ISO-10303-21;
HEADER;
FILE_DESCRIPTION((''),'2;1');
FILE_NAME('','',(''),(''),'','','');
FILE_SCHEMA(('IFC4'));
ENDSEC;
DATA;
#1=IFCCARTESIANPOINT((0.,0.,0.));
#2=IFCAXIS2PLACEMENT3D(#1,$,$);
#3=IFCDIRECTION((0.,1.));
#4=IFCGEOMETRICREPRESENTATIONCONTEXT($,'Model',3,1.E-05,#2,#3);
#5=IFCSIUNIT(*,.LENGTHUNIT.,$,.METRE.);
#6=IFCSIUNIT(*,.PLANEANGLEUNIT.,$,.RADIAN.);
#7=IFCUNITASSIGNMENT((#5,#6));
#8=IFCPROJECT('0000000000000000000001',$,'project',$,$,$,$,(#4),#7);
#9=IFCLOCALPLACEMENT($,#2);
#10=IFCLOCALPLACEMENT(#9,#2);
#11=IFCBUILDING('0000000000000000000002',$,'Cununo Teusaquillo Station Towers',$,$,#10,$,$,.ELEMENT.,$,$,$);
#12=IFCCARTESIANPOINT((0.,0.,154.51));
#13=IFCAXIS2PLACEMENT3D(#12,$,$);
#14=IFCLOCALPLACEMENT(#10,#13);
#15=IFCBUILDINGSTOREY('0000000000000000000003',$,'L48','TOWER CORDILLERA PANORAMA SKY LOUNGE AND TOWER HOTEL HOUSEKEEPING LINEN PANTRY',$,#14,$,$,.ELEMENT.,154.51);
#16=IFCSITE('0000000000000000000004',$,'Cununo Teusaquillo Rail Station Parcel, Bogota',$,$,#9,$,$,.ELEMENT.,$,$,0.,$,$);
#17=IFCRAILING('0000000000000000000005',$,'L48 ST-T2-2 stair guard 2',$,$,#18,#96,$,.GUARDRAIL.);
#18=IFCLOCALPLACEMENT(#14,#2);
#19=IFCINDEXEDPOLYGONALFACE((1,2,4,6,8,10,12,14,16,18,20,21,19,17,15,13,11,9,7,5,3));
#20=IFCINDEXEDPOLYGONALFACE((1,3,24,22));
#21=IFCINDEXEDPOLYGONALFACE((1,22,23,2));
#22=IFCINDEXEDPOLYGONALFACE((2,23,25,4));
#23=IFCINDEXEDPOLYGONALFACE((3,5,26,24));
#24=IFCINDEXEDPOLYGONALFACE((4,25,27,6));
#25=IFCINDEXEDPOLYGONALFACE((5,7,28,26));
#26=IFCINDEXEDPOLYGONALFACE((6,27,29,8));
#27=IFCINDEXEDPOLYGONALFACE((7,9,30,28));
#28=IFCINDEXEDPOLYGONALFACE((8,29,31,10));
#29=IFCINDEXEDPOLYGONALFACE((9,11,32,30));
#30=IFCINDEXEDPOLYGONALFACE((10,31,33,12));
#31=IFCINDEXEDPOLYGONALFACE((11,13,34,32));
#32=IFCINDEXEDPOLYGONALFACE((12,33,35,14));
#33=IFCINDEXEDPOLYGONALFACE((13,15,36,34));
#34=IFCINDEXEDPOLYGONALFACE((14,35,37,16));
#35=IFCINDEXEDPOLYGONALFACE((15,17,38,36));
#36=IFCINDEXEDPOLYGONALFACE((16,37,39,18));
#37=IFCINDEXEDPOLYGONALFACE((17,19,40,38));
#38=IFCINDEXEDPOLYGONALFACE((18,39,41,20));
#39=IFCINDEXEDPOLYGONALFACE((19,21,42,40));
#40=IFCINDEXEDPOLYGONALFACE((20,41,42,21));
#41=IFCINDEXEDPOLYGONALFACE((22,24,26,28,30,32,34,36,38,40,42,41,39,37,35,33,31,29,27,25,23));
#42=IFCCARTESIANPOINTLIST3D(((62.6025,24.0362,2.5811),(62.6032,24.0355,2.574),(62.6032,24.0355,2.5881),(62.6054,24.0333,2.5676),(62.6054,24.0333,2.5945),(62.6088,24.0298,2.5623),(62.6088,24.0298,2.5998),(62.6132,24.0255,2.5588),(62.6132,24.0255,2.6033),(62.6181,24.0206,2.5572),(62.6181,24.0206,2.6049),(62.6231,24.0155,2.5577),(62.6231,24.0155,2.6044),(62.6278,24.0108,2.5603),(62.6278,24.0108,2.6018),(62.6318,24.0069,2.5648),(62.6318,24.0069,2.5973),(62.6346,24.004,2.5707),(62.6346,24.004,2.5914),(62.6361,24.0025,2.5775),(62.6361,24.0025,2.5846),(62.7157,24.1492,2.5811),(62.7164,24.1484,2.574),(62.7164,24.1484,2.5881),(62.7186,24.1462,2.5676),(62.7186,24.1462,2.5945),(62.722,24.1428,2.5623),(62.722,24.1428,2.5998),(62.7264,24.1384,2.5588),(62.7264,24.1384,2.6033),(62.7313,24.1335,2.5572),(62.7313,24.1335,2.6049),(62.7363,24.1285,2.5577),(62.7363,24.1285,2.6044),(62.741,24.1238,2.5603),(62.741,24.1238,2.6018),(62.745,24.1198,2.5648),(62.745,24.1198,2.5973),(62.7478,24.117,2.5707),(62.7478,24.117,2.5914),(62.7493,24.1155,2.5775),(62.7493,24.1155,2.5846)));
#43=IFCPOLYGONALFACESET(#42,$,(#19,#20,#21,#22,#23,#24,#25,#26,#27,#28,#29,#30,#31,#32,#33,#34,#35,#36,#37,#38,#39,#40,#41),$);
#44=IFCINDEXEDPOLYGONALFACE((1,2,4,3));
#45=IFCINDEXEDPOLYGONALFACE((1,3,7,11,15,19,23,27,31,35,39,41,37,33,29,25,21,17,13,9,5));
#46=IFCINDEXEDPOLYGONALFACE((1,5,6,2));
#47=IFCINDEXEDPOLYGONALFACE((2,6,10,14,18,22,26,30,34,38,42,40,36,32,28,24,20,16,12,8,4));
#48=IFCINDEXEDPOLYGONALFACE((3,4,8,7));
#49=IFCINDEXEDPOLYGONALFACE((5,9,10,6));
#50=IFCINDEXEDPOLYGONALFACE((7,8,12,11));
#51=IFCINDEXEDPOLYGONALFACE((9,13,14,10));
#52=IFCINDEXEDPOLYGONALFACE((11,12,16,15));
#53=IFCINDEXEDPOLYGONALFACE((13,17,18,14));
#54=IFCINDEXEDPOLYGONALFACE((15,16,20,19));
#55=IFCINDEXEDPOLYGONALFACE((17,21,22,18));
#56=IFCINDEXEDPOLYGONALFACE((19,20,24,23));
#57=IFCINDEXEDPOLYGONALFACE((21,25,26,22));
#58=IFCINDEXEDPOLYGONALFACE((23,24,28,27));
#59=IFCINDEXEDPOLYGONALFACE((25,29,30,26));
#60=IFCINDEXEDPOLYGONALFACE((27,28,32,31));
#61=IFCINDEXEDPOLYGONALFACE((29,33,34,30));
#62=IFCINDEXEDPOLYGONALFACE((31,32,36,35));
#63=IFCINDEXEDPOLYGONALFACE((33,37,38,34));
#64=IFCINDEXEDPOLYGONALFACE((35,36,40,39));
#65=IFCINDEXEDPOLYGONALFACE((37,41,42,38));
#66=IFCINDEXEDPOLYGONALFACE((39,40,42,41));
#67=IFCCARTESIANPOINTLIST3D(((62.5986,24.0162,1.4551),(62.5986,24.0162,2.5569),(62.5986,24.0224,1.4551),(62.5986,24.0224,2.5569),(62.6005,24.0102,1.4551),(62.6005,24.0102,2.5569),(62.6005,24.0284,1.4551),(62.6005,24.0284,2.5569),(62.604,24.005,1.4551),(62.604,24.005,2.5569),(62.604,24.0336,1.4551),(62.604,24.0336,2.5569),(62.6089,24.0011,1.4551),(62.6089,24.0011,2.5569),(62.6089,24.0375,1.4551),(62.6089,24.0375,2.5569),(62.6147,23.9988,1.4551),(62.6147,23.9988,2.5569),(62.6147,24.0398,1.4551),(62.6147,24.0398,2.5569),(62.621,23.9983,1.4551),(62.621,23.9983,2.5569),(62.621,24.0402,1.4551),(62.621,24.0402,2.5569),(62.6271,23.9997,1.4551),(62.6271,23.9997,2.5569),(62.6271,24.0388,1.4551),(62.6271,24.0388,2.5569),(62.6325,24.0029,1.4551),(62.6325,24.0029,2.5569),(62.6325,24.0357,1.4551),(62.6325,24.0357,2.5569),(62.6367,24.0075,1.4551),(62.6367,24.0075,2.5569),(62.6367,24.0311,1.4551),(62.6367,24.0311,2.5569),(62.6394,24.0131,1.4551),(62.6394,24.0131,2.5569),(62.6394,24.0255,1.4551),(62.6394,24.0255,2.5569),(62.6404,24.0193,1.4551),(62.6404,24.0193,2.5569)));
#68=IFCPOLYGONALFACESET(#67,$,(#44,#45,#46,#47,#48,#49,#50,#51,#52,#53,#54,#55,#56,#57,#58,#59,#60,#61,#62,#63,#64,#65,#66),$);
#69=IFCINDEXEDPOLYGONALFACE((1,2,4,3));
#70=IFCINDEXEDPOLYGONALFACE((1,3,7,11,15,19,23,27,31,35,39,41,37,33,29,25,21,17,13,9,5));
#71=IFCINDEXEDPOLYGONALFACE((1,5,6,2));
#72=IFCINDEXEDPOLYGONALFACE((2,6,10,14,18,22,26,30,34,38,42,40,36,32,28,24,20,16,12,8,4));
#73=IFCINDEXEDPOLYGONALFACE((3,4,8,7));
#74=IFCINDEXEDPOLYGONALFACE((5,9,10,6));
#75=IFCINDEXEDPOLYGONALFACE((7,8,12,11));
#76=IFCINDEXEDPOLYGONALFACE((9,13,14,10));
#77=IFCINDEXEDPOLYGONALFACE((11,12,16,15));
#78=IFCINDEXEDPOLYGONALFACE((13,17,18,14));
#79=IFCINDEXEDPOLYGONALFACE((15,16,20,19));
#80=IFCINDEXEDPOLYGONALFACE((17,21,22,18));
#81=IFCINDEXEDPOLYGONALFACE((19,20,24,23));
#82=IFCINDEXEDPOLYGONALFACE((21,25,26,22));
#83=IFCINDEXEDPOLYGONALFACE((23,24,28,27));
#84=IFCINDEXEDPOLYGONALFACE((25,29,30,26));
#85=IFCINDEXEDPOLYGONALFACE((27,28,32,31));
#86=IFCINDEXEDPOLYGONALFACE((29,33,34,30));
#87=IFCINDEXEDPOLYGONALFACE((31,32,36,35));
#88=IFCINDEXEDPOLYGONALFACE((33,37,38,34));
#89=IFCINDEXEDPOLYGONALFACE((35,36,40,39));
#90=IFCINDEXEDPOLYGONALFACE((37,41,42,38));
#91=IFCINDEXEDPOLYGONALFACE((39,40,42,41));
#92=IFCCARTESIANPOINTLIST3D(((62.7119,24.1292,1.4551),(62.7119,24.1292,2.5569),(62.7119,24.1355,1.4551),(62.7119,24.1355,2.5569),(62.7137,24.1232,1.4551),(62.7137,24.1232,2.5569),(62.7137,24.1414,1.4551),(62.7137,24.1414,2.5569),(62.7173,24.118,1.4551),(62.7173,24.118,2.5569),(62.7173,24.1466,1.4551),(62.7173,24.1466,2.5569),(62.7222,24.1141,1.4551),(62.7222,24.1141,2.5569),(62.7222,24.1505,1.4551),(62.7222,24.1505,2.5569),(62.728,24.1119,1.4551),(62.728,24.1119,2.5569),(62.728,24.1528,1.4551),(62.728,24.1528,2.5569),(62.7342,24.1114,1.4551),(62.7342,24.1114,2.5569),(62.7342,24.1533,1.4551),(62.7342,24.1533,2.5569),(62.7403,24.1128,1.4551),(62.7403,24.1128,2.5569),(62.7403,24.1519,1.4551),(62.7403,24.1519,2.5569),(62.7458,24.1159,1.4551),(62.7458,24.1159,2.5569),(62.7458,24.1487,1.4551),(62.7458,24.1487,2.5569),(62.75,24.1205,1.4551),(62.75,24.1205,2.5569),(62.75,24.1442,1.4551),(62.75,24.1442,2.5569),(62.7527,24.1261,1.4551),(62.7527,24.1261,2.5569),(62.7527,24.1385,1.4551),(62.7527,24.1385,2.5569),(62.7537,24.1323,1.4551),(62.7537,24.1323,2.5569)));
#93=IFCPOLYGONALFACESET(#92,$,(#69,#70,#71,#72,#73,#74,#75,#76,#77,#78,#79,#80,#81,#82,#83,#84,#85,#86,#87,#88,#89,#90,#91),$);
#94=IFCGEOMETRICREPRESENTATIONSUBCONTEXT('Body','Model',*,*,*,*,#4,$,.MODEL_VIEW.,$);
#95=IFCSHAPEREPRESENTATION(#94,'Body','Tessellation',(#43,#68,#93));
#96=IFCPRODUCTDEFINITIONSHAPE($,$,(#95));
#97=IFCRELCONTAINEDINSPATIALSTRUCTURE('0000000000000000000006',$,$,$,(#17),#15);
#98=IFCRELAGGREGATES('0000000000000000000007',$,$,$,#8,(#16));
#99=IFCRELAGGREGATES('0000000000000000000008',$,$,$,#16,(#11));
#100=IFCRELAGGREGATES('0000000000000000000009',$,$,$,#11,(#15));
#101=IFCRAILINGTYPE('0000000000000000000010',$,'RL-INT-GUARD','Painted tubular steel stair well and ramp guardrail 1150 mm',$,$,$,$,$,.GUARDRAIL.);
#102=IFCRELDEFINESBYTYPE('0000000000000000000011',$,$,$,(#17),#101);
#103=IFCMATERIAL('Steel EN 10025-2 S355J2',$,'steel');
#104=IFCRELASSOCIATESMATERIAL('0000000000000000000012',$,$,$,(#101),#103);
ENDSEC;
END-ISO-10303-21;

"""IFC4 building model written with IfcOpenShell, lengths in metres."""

from ifc_helpers import new_model, si_unit, direction, frame, origin, origin_2d, place, context, subcontext, project, spatial, circle, extrude, material, type_object, element, save


model = new_model("IFC4")

# Units and contexts
model_context = context("Model", 3, precision=1e-05, world=origin(), true_north=direction((0.0, 1.0)))
body_context = subcontext(model_context, "Body", "Model", "MODEL_VIEW")
ifc_project = project(units=[si_unit("LENGTHUNIT", "METRE"), si_unit("PLANEANGLEUNIT", "RADIAN")], contexts=[model_context])

# Site, building, storey
site_placement = place(None, origin())
site = spatial("IfcSite", under=ifc_project, at=site_placement, Name="Cununo Teusaquillo Rail Station Parcel, Bogota", CompositionType="ELEMENT", RefElevation=0.0)
building_placement = place(site_placement, origin())
building = spatial("IfcBuilding", under=site, at=building_placement, Name="Cununo Teusaquillo Station Towers", CompositionType="ELEMENT")
storey_placement = place(building_placement, frame((0.0, 0.0, 154.51)))
storey = spatial("IfcBuildingStorey", under=building, at=storey_placement, Name="L48", Description="TOWER CORDILLERA PANORAMA SKY LOUNGE AND TOWER HOTEL HOUSEKEEPING LINEN PANTRY", CompositionType="ELEMENT", Elevation=154.51)

# Railing
ifc_material_1 = material(Name="Steel EN 10025-2 S355J2", Category="steel")
railing_type_1 = type_object("IfcRailingType", Name="RL-INT-GUARD", Description="Painted tubular steel stair well and ramp guardrail 1150 mm", PredefinedType="GUARDRAIL", material=ifc_material_1)
railing_1_placement = place(storey_placement, frame((62.6194, 24.0193, 1.4551)))
element("IfcRailing", 1, at=railing_1_placement, inside=storey, type_object=railing_type_1, Name="L48 ST-T2-2 stair guard 2", PredefinedType="GUARDRAIL", context=body_context, shape_type="SweptSolid", body=[
    extrude(circle(Radius=0.0239, at=origin_2d()), frame((0.0, 0.0, 1.126), z_axis=(0.707869, 0.706344, 0.0), x_axis=(-0.706344, 0.707869, 0.0)), (0.0, 0.0, 1.0), 0.1599),
    extrude(circle(Radius=0.021, at=origin_2d()), origin(), (0.0, 0.0, 1.0), 1.1018),
    extrude(circle(Radius=0.021, at=origin_2d()), frame((0.1133, 0.113, 0.0)), (0.0, 0.0, 1.0), 1.1018),
])

save(model, "model.ifc")
